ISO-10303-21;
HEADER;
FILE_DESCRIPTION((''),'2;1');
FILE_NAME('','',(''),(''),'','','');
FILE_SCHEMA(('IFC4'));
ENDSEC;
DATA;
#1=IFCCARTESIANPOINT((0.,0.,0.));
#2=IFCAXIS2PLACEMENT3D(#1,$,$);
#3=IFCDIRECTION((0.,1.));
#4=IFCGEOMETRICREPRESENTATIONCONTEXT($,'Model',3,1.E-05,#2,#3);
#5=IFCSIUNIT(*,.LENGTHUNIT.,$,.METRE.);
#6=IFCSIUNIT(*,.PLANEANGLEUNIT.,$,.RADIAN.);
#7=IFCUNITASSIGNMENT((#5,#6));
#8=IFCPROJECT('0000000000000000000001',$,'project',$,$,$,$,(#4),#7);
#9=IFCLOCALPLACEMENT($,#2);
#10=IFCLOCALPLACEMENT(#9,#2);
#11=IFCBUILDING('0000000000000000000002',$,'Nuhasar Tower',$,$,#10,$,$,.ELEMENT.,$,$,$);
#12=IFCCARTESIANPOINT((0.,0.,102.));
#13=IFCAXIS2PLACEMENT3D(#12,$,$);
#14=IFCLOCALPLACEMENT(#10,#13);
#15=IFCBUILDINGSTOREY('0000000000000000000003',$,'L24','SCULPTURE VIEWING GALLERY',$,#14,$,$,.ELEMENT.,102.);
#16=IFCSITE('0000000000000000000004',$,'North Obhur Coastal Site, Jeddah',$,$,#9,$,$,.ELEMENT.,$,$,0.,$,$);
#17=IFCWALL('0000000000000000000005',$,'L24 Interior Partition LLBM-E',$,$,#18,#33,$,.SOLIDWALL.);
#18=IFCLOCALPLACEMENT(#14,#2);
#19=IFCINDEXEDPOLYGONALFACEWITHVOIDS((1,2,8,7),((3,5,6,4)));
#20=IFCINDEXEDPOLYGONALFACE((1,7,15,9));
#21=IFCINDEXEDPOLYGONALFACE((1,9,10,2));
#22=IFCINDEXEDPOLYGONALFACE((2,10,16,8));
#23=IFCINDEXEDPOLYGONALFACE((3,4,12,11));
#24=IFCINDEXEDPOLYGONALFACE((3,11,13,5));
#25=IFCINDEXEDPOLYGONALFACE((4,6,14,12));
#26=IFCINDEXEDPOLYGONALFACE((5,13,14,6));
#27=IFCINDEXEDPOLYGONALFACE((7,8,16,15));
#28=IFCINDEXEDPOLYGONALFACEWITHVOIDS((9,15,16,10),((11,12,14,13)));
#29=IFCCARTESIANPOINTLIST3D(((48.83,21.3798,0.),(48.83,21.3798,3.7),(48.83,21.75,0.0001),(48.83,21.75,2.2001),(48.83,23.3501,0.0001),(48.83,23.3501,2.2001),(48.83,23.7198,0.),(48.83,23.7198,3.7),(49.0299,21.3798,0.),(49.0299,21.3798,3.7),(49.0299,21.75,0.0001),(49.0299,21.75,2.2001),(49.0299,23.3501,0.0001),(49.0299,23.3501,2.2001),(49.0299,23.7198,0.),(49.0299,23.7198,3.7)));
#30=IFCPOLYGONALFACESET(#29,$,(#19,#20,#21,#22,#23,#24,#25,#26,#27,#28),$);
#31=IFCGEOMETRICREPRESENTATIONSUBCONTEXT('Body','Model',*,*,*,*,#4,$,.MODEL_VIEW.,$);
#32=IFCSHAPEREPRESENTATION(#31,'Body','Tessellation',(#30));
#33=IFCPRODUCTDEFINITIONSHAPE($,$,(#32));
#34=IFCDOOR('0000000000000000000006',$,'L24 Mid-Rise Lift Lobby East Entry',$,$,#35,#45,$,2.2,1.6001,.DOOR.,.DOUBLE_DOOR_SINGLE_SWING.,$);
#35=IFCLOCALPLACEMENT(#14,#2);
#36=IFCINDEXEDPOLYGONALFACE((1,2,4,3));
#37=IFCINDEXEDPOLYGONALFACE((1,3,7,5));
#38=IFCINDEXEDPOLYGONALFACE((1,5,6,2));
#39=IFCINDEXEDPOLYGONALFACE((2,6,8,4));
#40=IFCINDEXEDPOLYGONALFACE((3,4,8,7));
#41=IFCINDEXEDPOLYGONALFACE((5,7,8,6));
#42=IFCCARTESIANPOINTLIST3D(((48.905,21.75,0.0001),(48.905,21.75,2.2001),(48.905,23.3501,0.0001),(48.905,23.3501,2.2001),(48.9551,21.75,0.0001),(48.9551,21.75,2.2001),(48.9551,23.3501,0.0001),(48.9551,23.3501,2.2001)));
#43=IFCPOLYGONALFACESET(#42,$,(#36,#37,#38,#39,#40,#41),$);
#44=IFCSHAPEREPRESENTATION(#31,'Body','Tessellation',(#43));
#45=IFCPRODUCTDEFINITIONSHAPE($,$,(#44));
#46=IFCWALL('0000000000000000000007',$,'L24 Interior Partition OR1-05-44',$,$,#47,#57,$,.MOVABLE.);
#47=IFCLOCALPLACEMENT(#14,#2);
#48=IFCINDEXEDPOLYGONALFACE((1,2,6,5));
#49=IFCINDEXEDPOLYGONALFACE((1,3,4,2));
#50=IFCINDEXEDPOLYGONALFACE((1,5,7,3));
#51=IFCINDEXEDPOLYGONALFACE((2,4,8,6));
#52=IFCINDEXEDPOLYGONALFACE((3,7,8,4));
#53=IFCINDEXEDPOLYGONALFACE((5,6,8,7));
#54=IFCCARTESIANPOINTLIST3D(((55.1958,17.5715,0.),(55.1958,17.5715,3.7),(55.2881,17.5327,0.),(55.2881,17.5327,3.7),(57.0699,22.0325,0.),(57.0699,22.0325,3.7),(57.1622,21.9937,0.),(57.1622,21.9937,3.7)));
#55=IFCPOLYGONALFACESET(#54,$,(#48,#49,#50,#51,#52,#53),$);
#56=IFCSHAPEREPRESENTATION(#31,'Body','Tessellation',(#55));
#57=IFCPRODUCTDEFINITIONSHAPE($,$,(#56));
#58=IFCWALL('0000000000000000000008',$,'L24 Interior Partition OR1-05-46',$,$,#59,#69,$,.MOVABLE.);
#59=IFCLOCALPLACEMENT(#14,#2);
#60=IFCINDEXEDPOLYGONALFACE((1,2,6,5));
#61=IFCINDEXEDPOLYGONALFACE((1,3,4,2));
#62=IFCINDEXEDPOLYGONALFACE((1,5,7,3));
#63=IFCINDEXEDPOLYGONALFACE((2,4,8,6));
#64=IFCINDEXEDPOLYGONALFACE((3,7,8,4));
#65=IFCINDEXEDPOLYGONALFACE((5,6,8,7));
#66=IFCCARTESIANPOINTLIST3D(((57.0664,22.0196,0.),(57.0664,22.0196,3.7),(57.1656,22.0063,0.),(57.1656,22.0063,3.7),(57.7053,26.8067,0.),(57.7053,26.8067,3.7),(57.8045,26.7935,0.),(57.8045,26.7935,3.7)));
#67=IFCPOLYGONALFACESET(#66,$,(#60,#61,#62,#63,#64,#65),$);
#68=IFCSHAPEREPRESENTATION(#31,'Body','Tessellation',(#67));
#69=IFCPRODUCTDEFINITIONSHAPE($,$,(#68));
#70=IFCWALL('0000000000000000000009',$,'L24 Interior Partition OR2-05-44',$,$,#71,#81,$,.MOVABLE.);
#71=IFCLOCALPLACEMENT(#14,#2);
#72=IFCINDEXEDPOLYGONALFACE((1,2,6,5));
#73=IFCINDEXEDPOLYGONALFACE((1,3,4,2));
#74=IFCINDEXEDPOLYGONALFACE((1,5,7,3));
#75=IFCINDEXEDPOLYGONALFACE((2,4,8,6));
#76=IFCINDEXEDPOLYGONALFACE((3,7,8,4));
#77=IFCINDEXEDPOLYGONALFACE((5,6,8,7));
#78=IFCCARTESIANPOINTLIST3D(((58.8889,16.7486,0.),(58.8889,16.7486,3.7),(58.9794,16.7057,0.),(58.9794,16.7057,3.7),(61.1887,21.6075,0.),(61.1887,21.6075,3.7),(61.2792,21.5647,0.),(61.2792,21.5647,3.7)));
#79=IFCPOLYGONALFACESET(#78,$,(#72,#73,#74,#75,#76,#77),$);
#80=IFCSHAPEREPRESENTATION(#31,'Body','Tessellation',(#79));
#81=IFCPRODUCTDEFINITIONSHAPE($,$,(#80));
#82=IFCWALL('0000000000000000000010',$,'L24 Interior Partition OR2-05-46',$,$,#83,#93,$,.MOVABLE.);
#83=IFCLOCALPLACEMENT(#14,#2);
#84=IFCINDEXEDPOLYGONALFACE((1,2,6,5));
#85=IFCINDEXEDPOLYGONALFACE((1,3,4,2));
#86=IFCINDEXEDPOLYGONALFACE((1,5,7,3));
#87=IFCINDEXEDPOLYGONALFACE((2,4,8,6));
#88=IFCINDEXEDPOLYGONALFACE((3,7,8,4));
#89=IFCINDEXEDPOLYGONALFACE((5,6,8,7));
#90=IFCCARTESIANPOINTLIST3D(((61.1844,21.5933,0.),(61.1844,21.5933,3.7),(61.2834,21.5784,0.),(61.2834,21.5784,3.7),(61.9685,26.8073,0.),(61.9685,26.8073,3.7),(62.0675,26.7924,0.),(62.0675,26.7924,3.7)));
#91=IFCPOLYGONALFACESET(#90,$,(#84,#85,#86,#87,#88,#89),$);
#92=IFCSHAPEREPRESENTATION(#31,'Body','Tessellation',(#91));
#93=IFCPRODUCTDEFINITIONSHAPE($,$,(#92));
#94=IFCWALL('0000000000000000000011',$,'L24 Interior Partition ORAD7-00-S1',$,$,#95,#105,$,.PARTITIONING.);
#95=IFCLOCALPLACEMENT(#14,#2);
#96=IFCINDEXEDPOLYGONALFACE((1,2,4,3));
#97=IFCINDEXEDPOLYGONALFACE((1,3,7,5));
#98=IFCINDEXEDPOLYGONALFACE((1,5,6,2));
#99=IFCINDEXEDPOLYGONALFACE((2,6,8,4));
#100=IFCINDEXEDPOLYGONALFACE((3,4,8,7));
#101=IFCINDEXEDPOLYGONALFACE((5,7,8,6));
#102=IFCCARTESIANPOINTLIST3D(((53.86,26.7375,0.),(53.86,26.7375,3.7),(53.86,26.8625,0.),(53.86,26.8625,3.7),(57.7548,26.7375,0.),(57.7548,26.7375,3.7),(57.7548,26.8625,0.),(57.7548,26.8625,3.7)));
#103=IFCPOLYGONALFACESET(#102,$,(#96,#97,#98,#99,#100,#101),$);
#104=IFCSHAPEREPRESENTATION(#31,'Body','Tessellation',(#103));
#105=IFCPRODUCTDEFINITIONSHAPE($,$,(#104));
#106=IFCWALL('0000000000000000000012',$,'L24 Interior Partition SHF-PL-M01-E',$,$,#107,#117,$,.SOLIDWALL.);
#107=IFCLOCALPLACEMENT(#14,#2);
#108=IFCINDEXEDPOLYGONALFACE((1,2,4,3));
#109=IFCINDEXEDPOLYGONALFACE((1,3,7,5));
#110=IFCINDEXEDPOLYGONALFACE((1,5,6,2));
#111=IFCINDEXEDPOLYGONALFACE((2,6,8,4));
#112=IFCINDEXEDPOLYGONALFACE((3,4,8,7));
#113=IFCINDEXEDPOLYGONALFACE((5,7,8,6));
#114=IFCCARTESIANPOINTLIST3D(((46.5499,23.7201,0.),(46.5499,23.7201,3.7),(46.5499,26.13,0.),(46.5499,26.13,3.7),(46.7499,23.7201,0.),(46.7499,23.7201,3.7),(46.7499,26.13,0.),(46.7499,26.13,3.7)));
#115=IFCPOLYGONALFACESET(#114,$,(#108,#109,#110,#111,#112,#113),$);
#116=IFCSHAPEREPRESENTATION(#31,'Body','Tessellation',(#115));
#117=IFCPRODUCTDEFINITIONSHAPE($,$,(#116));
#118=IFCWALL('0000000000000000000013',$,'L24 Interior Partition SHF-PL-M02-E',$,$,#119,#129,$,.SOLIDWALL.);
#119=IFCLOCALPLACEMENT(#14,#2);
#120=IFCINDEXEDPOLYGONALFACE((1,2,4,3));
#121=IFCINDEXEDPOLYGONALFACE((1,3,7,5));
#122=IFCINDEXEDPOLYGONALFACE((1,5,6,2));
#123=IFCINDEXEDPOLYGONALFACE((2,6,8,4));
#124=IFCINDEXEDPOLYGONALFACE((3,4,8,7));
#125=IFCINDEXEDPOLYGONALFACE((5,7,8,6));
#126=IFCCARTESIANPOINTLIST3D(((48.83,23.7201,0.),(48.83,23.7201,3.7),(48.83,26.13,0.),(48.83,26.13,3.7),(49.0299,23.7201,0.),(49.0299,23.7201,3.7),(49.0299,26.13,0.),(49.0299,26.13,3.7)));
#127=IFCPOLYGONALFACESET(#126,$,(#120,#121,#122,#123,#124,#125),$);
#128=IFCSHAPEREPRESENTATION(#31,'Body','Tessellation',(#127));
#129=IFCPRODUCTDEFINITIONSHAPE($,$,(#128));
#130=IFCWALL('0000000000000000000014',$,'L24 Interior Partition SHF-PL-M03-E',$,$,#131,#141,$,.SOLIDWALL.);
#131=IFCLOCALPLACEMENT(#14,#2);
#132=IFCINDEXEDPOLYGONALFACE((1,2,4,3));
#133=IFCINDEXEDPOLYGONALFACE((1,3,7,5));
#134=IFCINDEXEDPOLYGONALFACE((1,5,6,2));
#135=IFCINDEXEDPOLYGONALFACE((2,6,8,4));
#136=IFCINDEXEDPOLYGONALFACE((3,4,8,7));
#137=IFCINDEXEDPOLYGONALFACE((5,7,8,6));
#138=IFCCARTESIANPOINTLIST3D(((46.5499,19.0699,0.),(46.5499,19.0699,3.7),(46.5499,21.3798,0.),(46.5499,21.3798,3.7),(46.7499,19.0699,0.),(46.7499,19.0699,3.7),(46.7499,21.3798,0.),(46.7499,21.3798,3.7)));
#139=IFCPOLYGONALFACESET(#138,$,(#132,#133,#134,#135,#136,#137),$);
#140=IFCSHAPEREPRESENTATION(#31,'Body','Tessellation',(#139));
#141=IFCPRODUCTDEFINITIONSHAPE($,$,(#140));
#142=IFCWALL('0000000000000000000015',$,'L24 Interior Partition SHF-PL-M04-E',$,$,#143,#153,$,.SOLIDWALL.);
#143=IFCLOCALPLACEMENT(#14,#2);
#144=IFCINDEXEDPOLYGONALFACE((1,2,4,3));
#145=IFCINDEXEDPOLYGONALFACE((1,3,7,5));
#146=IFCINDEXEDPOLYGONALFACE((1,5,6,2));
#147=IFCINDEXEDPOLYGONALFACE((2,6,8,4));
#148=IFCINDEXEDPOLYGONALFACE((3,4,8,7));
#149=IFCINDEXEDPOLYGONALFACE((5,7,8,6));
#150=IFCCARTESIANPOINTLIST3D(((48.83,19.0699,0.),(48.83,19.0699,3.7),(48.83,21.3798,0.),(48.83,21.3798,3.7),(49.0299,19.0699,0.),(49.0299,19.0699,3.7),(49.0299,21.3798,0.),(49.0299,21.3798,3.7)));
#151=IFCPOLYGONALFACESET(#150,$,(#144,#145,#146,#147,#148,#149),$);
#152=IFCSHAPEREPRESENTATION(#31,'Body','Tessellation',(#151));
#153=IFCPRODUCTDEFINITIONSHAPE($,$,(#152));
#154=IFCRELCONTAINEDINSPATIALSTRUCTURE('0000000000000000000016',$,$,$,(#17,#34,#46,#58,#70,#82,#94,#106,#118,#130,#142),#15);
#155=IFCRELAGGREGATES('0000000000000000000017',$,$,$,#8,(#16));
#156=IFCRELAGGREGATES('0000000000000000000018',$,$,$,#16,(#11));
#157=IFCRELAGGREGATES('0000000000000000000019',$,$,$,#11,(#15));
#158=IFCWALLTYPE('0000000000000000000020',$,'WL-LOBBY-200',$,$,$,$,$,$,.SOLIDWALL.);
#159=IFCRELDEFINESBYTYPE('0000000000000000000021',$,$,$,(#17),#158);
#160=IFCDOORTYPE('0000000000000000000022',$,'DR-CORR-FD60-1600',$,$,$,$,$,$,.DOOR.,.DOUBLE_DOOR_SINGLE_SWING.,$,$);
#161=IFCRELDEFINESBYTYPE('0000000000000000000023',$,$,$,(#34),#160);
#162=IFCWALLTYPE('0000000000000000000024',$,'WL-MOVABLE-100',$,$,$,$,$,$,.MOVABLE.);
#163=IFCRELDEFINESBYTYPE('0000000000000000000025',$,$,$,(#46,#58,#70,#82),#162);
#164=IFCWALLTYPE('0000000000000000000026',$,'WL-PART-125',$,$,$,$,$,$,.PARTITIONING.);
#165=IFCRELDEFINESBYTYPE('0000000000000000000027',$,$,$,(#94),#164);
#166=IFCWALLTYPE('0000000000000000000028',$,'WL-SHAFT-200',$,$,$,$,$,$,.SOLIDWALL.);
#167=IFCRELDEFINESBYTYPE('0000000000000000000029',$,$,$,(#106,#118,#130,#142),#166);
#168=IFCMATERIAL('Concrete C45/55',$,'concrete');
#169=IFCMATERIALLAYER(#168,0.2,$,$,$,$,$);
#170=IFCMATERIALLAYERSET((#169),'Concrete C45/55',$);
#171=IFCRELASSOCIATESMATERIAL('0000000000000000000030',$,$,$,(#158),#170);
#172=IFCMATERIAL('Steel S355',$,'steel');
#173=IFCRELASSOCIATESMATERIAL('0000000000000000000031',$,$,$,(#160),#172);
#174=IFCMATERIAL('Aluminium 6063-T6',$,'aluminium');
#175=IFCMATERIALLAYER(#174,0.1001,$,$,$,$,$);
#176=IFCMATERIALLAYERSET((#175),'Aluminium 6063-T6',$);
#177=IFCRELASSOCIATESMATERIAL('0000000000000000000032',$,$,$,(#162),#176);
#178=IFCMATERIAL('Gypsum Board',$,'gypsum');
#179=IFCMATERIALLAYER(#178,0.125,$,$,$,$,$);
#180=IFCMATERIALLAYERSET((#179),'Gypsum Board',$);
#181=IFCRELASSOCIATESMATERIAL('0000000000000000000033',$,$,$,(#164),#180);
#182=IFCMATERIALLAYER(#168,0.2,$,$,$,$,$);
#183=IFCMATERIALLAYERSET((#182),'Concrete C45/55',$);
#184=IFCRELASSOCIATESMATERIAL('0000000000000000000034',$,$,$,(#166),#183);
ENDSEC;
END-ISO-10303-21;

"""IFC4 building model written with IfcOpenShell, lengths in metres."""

from ifc_helpers import new_model, si_unit, direction, frame, frame_2d, origin, place, context, subcontext, project, spatial, rectangle, extrude, material, layer, layer_set, type_object, element, fill, save


model = new_model("IFC4")

# Units and contexts
model_context = context("Model", 3, precision=1e-05, world=origin(), true_north=direction((0.0, 1.0)))
body_context = subcontext(model_context, "Body", "Model", "MODEL_VIEW")
ifc_project = project(units=[si_unit("LENGTHUNIT", "METRE"), si_unit("PLANEANGLEUNIT", "RADIAN")], contexts=[model_context])

# Site, building, storey
site_placement = place(None, origin())
site = spatial("IfcSite", under=ifc_project, at=site_placement, Name="North Obhur Coastal Site, Jeddah", CompositionType="ELEMENT", RefElevation=0.0)
building_placement = place(site_placement, origin())
building = spatial("IfcBuilding", under=site, at=building_placement, Name="Nuhasar Tower", CompositionType="ELEMENT")
storey_placement = place(building_placement, frame((0.0, 0.0, 102.0)))
storey = spatial("IfcBuildingStorey", under=building, at=storey_placement, Name="L24", Description="SCULPTURE VIEWING GALLERY", CompositionType="ELEMENT", Elevation=102.0)

# Shared definitions
ifc_material_1 = material(Name="Steel S355", Category="steel")

# Shared definitions
ifc_material_2 = material(Name="Aluminium 6063-T6", Category="aluminium")

# Shared definitions
ifc_material_3 = material(Name="Gypsum Board", Category="gypsum")

# Wall, opening, door
ifc_material_4 = material(Name="Concrete C45/55", Category="concrete")
ifc_layer_1 = layer(ifc_material_4, 0.2)
ifc_layer_set_1 = layer_set([ifc_layer_1], Name="Concrete C45/55")
wall_type_1 = type_object("IfcWallType", Name="WL-LOBBY-200", PredefinedType="SOLIDWALL", material=ifc_layer_set_1)
wall_1_placement = place(storey_placement, frame((48.9299, 21.3799, 0.0), z_axis=(0.0, 0.0, 1.0), x_axis=(0.0, 1.0, 0.0)))
wall_1 = element("IfcWall", 1, at=wall_1_placement, inside=storey, type_object=wall_type_1, Name="L24 Interior Partition LLBM-E", PredefinedType="SOLIDWALL", context=body_context, shape_type="SweptSolid", body=[
    extrude(rectangle(XDim=2.3401, YDim=0.2, at=frame_2d((1.1699, 0.0))), origin(), (0.0, 0.0, 1.0), 3.7),
])
opening_placement = place(wall_1_placement, frame((0.3701, 0.0, 0.0)))
opening = element("IfcOpeningElement", 2, at=opening_placement, cuts=wall_1, PredefinedType="OPENING", context=body_context, shape_type="SweptSolid", body=[
    extrude(rectangle(XDim=1.6001, YDim=2.2, at=frame_2d((0.8, 1.1001))), frame((0.0, 0.1099, 0.0), z_axis=(0.0, -1.0, 0.0), x_axis=(1.0, 0.0, 0.0)), (0.0, 0.0, 1.0), 0.22),
])
door_type = type_object("IfcDoorType", Name="DR-CORR-FD60-1600", OperationType="DOUBLE_DOOR_SINGLE_SWING", PredefinedType="DOOR", material=ifc_material_1)
door_placement = place(opening_placement, origin())
door = element("IfcDoor", 3, at=door_placement, inside=storey, type_object=door_type, Name="L24 Mid-Rise Lift Lobby East Entry", OperationType="DOUBLE_DOOR_SINGLE_SWING", OverallHeight=2.2, OverallWidth=1.6001, PredefinedType="DOOR", context=body_context, shape_type="SweptSolid", body=[
    extrude(rectangle(XDim=1.6001, YDim=2.2, at=frame_2d((0.8, 1.1001))), frame((0.0, 0.0249, 0.0), z_axis=(0.0, -1.0, 0.0), x_axis=(1.0, 0.0, 0.0)), (0.0, 0.0, 1.0), 0.05),
])
fill(opening, door)

# Walls
ifc_layer_2 = layer(ifc_material_2, 0.1001)
ifc_layer_set_2 = layer_set([ifc_layer_2], Name="Aluminium 6063-T6")
wall_type_2 = type_object("IfcWallType", Name="WL-MOVABLE-100", PredefinedType="MOVABLE", material=ifc_layer_set_2)
wall_2_placement = place(storey_placement, frame((55.2419, 17.552, 0.0), z_axis=(0.0, 0.0, 1.0), x_axis=(0.387308, 0.92195, 0.0)))
element("IfcWall", 4, at=wall_2_placement, inside=storey, type_object=wall_type_2, Name="L24 Interior Partition OR1-05-44", PredefinedType="MOVABLE", context=body_context, shape_type="SweptSolid", body=[
    extrude(rectangle(XDim=4.8386, YDim=0.1001, at=frame_2d((2.4194, 0.0))), origin(), (0.0, 0.0, 1.0), 3.7),
])
wall_3_placement = place(storey_placement, frame((57.116, 22.0129, 0.0), z_axis=(0.0, 0.0, 1.0), x_axis=(0.132293, 0.991211, 0.0)))
element("IfcWall", 5, at=wall_3_placement, inside=storey, type_object=wall_type_2, Name="L24 Interior Partition OR1-05-46", PredefinedType="MOVABLE", context=body_context, shape_type="SweptSolid", body=[
    extrude(rectangle(XDim=4.8296, YDim=0.1001, at=frame_2d((2.4148, 0.0))), origin(), (0.0, 0.0, 1.0), 3.7),
])
wall_4_placement = place(storey_placement, frame((58.9341, 16.7271, 0.0), z_axis=(0.0, 0.0, 1.0), x_axis=(0.427817, 0.903865, 0.0)))
element("IfcWall", 6, at=wall_4_placement, inside=storey, type_object=wall_type_2, Name="L24 Interior Partition OR2-05-44", PredefinedType="MOVABLE", context=body_context, shape_type="SweptSolid", body=[
    extrude(rectangle(XDim=5.3757, YDim=0.1001, at=frame_2d((2.688, 0.0))), origin(), (0.0, 0.0, 1.0), 3.7),
])
wall_5_placement = place(storey_placement, frame((61.2339, 21.5859, 0.0), z_axis=(0.0, 0.0, 1.0), x_axis=(0.148723, 0.988879, 0.0)))
element("IfcWall", 7, at=wall_5_placement, inside=storey, type_object=wall_type_2, Name="L24 Interior Partition OR2-05-46", PredefinedType="MOVABLE", context=body_context, shape_type="SweptSolid", body=[
    extrude(rectangle(XDim=5.2727, YDim=0.1001, at=frame_2d((2.6362, 0.0))), origin(), (0.0, 0.0, 1.0), 3.7),
])
ifc_layer_3 = layer(ifc_material_3, 0.125)
ifc_layer_set_3 = layer_set([ifc_layer_3], Name="Gypsum Board")
wall_type_3 = type_object("IfcWallType", Name="WL-PART-125", PredefinedType="PARTITIONING", material=ifc_layer_set_3)
wall_6_placement = place(storey_placement, frame((53.8601, 26.8, 0.0), z_axis=(0.0, 0.0, 1.0), x_axis=(1.0, 0.0, 0.0)))
element("IfcWall", 8, at=wall_6_placement, inside=storey, type_object=wall_type_3, Name="L24 Interior Partition ORAD7-00-S1", PredefinedType="PARTITIONING", context=body_context, shape_type="SweptSolid", body=[
    extrude(rectangle(XDim=3.8948, YDim=0.125, at=frame_2d((1.9473, 0.0))), origin(), (0.0, 0.0, 1.0), 3.7),
])
ifc_layer_4 = layer(ifc_material_4, 0.2)
ifc_layer_set_4 = layer_set([ifc_layer_4], Name="Concrete C45/55")
wall_type_4 = type_object("IfcWallType", Name="WL-SHAFT-200", PredefinedType="SOLIDWALL", material=ifc_layer_set_4)
for number, where, z_axis, x_axis, name in (
    (9, (46.6499, 23.72, 0.0), (0.0, 0.0, 1.0), (0.0, 1.0, 0.0), "L24 Interior Partition SHF-PL-M01-E"),
    (10, (48.9299, 23.72, 0.0), (0.0, 0.0, 1.0), (0.0, 1.0, 0.0), "L24 Interior Partition SHF-PL-M02-E"),
):
    element("IfcWall", number, at=place(storey_placement, frame(where, z_axis=z_axis, x_axis=x_axis)), inside=storey, type_object=wall_type_4, Name=name, PredefinedType="SOLIDWALL", context=body_context, shape_type="SweptSolid", body=[
        extrude(rectangle(XDim=2.4099, YDim=0.2, at=frame_2d((1.2051, 0.0))), origin(), (0.0, 0.0, 1.0), 3.7),
    ])
for number, where, z_axis, x_axis, name in (
    (11, (46.6499, 19.0701, 0.0), (0.0, 0.0, 1.0), (0.0, 1.0, 0.0), "L24 Interior Partition SHF-PL-M03-E"),
    (12, (48.9299, 19.0701, 0.0), (0.0, 0.0, 1.0), (0.0, 1.0, 0.0), "L24 Interior Partition SHF-PL-M04-E"),
):
    element("IfcWall", number, at=place(storey_placement, frame(where, z_axis=z_axis, x_axis=x_axis)), inside=storey, type_object=wall_type_4, Name=name, PredefinedType="SOLIDWALL", context=body_context, shape_type="SweptSolid", body=[
        extrude(rectangle(XDim=2.3098, YDim=0.2, at=frame_2d((1.1548, 0.0))), origin(), (0.0, 0.0, 1.0), 3.7),
    ])

save(model, "model.ifc")
